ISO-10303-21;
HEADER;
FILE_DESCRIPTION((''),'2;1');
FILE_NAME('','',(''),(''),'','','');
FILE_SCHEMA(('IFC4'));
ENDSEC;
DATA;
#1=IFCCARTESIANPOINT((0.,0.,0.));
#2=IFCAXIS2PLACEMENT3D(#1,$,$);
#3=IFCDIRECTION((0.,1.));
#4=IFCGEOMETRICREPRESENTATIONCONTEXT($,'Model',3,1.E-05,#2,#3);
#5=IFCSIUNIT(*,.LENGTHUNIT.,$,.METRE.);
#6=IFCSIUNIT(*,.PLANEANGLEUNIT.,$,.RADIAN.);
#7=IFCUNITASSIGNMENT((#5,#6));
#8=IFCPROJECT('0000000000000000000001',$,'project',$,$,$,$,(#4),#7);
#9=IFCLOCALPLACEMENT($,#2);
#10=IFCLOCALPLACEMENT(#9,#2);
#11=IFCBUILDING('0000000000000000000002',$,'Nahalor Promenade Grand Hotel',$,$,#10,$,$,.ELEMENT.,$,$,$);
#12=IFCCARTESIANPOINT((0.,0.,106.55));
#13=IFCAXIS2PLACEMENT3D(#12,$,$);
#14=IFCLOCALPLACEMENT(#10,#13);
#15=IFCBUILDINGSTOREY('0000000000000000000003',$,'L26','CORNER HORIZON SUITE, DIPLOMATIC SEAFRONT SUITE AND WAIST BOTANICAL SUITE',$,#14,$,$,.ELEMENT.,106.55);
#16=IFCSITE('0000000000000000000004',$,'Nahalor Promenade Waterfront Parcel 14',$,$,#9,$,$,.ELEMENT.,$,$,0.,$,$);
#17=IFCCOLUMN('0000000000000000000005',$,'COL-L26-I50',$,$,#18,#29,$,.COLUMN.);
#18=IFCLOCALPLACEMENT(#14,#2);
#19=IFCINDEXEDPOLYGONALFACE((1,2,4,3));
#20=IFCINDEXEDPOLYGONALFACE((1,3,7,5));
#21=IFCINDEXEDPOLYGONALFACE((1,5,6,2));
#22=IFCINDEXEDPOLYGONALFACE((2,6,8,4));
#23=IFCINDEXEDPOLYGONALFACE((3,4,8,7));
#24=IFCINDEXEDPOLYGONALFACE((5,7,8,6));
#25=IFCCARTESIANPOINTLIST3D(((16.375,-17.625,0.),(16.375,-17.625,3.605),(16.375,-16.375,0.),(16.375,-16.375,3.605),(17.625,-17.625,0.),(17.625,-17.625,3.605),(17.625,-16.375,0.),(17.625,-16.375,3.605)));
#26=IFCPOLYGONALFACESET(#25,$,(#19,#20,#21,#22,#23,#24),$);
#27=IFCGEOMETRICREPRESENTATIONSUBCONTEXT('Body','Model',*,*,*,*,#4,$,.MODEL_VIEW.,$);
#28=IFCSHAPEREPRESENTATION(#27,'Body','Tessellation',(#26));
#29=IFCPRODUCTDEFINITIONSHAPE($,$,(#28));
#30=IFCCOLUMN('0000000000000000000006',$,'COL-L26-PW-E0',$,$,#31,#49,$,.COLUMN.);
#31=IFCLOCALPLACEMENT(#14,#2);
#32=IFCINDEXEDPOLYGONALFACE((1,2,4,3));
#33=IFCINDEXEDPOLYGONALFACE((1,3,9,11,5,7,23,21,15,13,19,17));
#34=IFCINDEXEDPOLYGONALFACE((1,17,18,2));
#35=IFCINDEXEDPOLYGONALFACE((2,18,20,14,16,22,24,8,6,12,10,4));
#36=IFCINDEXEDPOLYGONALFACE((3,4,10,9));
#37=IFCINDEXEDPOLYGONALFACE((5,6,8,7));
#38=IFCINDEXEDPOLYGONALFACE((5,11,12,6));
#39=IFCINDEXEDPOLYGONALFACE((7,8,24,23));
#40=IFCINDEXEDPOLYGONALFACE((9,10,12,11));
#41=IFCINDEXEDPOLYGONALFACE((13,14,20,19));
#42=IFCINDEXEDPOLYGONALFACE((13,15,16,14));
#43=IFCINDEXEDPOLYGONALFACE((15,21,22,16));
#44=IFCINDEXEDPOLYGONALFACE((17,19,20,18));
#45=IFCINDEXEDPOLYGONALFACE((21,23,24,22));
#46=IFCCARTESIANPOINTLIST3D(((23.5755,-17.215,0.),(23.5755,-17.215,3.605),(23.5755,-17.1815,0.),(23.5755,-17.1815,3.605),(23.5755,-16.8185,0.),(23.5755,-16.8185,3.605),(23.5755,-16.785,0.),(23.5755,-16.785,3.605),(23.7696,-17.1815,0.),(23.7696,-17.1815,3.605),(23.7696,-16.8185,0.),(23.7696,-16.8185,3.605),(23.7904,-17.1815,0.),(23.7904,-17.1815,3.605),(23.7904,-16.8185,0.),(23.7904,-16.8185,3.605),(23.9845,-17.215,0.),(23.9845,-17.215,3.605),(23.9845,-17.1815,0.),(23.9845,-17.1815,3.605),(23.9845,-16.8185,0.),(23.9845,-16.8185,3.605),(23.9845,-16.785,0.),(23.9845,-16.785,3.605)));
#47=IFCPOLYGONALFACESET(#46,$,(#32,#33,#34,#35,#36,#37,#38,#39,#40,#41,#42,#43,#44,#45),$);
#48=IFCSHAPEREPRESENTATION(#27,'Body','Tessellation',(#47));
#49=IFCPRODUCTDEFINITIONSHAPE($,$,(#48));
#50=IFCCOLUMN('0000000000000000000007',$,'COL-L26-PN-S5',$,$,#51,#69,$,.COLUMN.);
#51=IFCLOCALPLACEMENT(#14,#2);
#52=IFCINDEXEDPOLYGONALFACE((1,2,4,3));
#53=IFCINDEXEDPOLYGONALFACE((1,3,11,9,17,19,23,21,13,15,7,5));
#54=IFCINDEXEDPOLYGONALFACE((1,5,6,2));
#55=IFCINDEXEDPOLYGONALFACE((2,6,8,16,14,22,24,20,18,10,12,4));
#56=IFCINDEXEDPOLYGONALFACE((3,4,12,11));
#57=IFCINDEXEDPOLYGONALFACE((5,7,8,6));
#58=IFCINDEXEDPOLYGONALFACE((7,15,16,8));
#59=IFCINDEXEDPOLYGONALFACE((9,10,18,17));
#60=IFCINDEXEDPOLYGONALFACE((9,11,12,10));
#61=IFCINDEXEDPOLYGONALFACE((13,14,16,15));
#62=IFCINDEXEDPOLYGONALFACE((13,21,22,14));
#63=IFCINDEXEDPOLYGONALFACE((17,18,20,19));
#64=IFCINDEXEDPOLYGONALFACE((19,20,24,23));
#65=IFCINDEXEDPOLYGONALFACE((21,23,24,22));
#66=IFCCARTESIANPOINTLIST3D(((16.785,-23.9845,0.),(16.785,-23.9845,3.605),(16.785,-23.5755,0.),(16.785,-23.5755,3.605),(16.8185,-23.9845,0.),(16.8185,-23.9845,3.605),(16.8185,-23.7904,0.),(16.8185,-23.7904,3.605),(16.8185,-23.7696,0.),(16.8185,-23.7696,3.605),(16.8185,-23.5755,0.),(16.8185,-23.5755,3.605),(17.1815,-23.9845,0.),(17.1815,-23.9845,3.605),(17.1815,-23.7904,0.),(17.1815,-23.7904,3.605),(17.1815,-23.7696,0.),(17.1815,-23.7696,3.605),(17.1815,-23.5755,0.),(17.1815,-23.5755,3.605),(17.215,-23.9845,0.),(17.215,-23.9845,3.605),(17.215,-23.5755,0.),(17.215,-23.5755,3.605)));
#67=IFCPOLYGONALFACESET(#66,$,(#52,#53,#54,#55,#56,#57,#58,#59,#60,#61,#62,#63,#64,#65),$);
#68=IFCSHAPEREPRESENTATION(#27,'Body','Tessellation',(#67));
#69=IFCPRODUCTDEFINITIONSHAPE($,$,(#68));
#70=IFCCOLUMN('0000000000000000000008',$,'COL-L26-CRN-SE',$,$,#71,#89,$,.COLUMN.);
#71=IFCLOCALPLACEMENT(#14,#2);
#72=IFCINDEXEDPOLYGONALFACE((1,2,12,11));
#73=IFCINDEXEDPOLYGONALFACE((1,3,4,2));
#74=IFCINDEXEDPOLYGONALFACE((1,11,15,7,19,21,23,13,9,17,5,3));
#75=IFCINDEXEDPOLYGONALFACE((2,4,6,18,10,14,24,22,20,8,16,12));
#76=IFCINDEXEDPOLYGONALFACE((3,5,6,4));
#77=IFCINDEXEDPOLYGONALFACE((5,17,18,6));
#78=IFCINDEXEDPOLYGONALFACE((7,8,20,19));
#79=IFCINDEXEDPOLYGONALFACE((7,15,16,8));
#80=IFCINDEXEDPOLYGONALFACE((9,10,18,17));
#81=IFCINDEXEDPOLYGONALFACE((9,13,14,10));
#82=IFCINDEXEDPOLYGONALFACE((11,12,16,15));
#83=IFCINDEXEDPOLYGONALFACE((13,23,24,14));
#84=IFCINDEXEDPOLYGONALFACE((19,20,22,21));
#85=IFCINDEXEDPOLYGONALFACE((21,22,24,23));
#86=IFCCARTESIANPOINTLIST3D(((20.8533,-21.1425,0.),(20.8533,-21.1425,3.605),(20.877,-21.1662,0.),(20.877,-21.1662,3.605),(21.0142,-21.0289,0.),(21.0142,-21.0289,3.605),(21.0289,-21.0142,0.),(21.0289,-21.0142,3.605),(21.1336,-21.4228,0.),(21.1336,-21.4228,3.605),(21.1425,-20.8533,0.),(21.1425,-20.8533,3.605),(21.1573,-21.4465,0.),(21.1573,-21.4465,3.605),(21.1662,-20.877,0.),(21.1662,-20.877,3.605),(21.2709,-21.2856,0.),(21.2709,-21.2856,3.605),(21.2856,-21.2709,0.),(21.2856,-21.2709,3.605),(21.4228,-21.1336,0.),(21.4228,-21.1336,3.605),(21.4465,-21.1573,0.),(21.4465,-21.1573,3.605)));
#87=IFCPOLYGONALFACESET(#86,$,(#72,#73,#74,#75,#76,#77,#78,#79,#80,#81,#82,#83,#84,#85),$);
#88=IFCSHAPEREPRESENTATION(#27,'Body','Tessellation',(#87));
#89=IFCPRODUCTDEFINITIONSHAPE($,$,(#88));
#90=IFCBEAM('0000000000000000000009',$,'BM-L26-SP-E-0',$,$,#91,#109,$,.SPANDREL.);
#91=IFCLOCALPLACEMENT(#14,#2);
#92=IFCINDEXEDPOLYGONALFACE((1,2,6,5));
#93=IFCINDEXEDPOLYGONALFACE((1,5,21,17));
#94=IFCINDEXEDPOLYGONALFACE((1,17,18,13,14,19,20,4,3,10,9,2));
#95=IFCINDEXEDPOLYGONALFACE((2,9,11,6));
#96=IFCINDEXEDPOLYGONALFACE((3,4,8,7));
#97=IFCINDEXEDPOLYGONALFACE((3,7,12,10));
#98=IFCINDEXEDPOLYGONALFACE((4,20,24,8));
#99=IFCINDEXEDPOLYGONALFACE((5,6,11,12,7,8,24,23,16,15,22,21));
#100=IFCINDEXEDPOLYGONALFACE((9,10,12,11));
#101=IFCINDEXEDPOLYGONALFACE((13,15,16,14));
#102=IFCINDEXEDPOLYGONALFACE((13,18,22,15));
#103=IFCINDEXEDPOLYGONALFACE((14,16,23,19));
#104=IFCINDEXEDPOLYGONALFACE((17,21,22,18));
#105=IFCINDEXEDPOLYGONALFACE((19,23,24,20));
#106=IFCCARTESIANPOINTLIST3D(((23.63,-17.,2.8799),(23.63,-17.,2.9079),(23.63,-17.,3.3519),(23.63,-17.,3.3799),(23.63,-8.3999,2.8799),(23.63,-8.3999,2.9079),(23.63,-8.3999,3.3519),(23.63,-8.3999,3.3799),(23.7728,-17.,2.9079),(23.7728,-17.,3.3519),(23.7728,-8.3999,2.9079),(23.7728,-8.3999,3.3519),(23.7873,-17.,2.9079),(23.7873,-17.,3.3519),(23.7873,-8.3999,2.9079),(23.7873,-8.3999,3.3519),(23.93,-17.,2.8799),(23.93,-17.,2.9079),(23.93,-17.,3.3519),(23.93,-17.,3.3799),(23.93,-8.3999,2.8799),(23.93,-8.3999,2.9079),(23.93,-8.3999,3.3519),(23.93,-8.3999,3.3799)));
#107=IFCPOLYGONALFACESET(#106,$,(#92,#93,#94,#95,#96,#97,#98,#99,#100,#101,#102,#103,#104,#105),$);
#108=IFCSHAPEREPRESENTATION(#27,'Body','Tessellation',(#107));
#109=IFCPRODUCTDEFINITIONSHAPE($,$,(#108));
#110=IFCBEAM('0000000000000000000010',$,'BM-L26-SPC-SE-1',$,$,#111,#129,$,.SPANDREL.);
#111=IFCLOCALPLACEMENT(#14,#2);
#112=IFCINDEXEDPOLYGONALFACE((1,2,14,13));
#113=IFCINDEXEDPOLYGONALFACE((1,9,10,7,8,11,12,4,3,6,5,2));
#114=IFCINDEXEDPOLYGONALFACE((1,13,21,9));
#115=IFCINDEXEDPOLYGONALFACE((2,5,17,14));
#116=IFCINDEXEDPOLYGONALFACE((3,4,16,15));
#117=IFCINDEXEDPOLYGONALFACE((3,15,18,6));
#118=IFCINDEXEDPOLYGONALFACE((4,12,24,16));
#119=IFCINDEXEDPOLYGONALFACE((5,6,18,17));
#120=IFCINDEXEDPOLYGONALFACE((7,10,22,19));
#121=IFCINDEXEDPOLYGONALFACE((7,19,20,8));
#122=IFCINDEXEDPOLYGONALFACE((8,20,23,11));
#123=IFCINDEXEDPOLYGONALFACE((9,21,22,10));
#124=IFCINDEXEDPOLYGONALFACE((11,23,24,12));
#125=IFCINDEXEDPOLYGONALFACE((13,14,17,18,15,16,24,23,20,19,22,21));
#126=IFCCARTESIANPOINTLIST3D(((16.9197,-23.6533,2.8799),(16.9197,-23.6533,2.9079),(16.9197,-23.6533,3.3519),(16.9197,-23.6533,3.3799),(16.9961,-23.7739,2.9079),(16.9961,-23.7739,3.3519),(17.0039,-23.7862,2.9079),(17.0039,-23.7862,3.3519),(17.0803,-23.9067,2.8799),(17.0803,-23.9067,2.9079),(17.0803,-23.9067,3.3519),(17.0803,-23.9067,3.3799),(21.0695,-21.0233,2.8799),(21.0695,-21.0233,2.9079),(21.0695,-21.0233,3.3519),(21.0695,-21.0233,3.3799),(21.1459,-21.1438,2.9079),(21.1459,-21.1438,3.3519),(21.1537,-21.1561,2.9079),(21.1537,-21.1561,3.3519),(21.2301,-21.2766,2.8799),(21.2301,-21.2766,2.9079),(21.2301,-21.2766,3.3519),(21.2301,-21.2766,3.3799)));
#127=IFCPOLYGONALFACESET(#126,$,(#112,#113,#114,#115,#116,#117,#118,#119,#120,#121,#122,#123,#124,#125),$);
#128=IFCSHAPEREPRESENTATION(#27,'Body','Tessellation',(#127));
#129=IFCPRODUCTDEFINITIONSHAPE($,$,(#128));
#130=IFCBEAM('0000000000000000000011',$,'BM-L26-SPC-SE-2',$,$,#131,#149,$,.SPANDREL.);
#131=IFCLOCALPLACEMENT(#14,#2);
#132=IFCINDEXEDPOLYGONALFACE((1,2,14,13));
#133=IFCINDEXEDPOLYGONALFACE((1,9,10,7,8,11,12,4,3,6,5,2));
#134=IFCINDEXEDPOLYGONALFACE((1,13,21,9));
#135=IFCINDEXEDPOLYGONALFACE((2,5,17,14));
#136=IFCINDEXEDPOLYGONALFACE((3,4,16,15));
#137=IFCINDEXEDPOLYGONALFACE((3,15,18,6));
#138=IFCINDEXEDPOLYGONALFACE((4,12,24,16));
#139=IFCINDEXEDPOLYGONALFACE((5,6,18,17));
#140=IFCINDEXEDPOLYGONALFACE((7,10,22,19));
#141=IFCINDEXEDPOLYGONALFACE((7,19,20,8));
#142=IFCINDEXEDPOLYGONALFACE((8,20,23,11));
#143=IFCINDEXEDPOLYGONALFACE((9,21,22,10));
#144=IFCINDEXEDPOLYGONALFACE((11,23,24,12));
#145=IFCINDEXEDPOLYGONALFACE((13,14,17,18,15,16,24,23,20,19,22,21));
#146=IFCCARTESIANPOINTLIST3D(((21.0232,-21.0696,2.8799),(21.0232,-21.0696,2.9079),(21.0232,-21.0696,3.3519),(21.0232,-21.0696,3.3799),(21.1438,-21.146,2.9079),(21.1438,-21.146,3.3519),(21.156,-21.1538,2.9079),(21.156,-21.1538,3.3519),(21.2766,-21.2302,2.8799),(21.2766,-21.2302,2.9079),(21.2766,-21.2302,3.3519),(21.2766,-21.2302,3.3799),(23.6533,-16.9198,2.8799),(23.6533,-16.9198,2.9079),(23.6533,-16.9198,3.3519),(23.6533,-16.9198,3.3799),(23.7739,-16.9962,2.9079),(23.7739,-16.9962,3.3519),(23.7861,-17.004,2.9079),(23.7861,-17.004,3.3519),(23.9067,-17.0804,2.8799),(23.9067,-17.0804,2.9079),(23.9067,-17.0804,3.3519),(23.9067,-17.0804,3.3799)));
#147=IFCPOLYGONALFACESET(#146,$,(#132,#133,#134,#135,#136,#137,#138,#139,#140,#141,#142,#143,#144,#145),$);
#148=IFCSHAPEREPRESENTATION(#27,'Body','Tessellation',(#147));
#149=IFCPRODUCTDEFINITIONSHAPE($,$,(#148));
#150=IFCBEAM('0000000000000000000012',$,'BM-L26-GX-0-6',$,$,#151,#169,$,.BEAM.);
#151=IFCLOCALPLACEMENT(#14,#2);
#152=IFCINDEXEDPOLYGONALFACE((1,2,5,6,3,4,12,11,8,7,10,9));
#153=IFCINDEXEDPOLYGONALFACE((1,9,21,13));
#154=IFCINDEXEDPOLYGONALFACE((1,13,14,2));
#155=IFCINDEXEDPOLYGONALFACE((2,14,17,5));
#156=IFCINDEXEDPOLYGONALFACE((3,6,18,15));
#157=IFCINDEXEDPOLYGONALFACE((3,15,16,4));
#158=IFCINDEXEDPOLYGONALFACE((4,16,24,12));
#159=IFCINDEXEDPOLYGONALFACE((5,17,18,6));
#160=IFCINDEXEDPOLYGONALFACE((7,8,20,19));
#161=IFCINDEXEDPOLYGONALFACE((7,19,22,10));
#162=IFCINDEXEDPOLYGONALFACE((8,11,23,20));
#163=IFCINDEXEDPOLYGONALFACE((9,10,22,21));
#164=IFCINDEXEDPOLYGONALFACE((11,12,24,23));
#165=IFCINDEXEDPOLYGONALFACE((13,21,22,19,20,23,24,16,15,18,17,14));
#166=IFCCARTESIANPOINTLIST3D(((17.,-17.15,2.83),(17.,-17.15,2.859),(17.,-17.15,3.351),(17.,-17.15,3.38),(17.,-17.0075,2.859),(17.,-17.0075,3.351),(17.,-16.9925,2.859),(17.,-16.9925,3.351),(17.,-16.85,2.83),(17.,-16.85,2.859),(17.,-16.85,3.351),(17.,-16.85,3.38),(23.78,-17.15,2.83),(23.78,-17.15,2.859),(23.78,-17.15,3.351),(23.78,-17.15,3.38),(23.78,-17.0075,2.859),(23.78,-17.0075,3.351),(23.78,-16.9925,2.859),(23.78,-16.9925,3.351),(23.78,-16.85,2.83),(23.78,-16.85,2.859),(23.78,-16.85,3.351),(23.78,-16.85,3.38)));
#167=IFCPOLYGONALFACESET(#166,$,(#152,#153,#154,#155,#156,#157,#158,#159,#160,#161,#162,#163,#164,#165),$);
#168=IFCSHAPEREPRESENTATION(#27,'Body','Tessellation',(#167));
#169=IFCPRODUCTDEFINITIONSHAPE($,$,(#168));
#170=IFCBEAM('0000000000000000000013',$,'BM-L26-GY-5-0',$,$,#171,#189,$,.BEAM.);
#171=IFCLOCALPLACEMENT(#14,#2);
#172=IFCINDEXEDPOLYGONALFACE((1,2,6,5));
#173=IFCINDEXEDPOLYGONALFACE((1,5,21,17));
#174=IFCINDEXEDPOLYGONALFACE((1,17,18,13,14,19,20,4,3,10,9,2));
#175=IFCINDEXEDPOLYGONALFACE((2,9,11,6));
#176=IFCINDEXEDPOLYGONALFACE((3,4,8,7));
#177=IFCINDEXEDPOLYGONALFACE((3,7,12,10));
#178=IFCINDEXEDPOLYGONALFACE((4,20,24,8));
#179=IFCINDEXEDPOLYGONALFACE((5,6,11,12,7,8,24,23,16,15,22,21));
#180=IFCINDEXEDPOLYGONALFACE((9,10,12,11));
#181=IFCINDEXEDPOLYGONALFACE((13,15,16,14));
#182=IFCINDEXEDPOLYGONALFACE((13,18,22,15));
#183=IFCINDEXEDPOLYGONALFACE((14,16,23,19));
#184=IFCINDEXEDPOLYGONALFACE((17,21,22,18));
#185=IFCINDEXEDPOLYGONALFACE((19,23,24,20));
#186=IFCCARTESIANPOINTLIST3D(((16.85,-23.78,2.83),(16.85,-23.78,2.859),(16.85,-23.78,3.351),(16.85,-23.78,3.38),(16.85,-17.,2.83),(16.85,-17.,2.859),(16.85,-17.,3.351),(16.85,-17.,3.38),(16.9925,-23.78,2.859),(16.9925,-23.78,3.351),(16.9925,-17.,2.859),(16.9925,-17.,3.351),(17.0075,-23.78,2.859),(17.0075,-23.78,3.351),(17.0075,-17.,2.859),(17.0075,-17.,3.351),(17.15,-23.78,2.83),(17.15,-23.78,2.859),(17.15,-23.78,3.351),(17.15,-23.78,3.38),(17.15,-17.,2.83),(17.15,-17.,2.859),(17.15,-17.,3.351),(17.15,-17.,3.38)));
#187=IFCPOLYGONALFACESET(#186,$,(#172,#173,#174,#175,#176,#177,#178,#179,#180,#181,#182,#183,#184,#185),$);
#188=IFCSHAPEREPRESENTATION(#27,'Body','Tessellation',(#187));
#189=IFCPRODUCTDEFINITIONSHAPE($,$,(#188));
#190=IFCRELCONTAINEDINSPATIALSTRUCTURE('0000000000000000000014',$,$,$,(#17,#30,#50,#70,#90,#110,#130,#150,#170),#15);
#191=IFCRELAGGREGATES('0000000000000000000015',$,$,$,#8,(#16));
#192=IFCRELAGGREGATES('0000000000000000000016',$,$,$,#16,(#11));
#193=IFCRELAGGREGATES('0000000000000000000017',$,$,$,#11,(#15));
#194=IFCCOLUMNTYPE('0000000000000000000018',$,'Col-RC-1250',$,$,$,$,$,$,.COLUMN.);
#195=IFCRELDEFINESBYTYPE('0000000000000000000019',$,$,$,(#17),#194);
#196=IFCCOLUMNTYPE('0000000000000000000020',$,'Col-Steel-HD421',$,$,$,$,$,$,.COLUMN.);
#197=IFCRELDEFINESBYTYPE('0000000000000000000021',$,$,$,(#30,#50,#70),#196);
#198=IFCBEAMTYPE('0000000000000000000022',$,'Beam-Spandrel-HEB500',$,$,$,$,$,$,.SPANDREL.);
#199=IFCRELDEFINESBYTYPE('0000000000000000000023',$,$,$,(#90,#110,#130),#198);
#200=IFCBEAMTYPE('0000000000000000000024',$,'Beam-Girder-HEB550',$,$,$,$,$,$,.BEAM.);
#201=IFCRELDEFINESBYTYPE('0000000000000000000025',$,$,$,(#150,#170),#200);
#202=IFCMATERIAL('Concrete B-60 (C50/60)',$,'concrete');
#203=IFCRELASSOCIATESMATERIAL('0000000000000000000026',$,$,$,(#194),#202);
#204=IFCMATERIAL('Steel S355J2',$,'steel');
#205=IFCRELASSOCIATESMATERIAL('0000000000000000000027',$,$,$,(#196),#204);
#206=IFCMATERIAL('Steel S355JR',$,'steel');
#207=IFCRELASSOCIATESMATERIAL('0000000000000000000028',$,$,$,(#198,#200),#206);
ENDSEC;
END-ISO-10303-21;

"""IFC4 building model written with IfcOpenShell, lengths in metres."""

from ifc_helpers import new_model, si_unit, direction, frame, origin, origin_2d, place, context, subcontext, project, spatial, rectangle, i_section, extrude, source, transform, mapped, material, material_profile, profile_set, type_object, element, save


model = new_model("IFC4")

# Units and contexts
model_context = context("Model", 3, precision=1e-05, world=origin(), true_north=direction((0.0, 1.0)))
body_context = subcontext(model_context, "Body", "Model", "MODEL_VIEW")
ifc_project = project(units=[si_unit("LENGTHUNIT", "METRE"), si_unit("PLANEANGLEUNIT", "RADIAN")], contexts=[model_context])

# Site, building, storey
site_placement = place(None, origin())
site = spatial("IfcSite", under=ifc_project, at=site_placement, Name="Nahalor Promenade Waterfront Parcel 14", CompositionType="ELEMENT", RefElevation=0.0)
building_placement = place(site_placement, origin())
building = spatial("IfcBuilding", under=site, at=building_placement, Name="Nahalor Promenade Grand Hotel", CompositionType="ELEMENT")
storey_placement = place(building_placement, frame((0.0, 0.0, 106.55)))
storey = spatial("IfcBuildingStorey", under=building, at=storey_placement, Name="L26", Description="CORNER HORIZON SUITE, DIPLOMATIC SEAFRONT SUITE AND WAIST BOTANICAL SUITE", CompositionType="ELEMENT", Elevation=106.55)

# Columns
ifc_material_1 = material(Name="Concrete B-60 (C50/60)", Category="concrete")
ifc_material_profile_1 = material_profile(ifc_material_1, rectangle(XDim=1.25, YDim=1.25, at=origin_2d()), Name="RC 1250x1250")
ifc_profile_set_1 = profile_set([ifc_material_profile_1], Name="Concrete B-60 (C50/60)")
column_type_1 = type_object("IfcColumnType", Name="Col-RC-1250", PredefinedType="COLUMN", material=ifc_profile_set_1)
shared_shape_1 = source(origin(), body_context, "Body", "SweptSolid", [
    extrude(rectangle(XDim=1.25, YDim=1.25, at=origin_2d()), origin(), (0.0, 0.0, 1.0), 3.605),
])
column_placement = place(storey_placement, frame((17.0, -17.0, 0.0), z_axis=(0.0, 0.0, 1.0), x_axis=(1.0, 0.0, 0.0)))
element("IfcColumn", 1, at=column_placement, inside=storey, type_object=column_type_1, Name="COL-L26-I50", PredefinedType="COLUMN", context=body_context, shape_type="MappedRepresentation", body=[
    mapped(shared_shape_1, transform((0.0, 0.0, 0.0), scale=1.0)),
])
ifc_material_2 = material(Name="Steel S355J2", Category="steel")
ifc_material_profile_2 = material_profile(ifc_material_2, i_section(OverallWidth=0.409, OverallDepth=0.43, WebThickness=0.0208, FlangeThickness=0.0335, at=origin_2d()), Name="HD 400x421")
ifc_profile_set_2 = profile_set([ifc_material_profile_2], Name="Steel S355J2")
column_type_2 = type_object("IfcColumnType", Name="Col-Steel-HD421", PredefinedType="COLUMN", material=ifc_profile_set_2)
shared_shape_2 = source(origin(), body_context, "Body", "SweptSolid", [
    extrude(i_section(OverallWidth=0.409, OverallDepth=0.43, WebThickness=0.0208, FlangeThickness=0.0335, at=origin_2d()), origin(), (0.0, 0.0, 1.0), 3.605),
])
for number, where, z_axis, x_axis, name in (
    (2, (23.78, -17.0, 0.0), (0.0, 0.0, 1.0), (1.0, 0.0, 0.0), "COL-L26-PW-E0"),
    (3, (17.0, -23.78, 0.0), (0.0, 0.0, 1.0), (0.0, 1.0, 0.0), "COL-L26-PN-S5"),
    (4, (21.1499, -21.1499, 0.0), (0.0, 0.0, 1.0), (0.707107, 0.707107, 0.0), "COL-L26-CRN-SE"),
):
    element("IfcColumn", number, at=place(storey_placement, frame(where, z_axis=z_axis, x_axis=x_axis)), inside=storey, type_object=column_type_2, Name=name, PredefinedType="COLUMN", context=body_context, shape_type="MappedRepresentation", body=[
        mapped(shared_shape_2, transform((0.0, 0.0, 0.0), scale=1.0)),
    ])

# Beams
ifc_material_3 = material(Name="Steel S355JR", Category="steel")
ifc_material_profile_3 = material_profile(ifc_material_3, i_section(OverallWidth=0.3, OverallDepth=0.5, WebThickness=0.0145, FlangeThickness=0.028, at=origin_2d()), Name="HEB 500")
ifc_profile_set_3 = profile_set([ifc_material_profile_3], Name="Steel S355JR")
beam_type_1 = type_object("IfcBeamType", Name="Beam-Spandrel-HEB500", PredefinedType="SPANDREL", material=ifc_profile_set_3)
shared_shape_3 = source(origin(), body_context, "Body", "SweptSolid", [
    extrude(i_section(OverallWidth=0.3, OverallDepth=0.5, WebThickness=0.0145, FlangeThickness=0.028, at=origin_2d()), origin(), (0.0, 0.0, 1.0), 8.6001),
])
beam_1_placement = place(storey_placement, frame((23.78, -17.0, 3.1299), z_axis=(0.0, 1.0, 0.0), x_axis=(-1.0, 0.0, 0.0)))
element("IfcBeam", 5, at=beam_1_placement, inside=storey, type_object=beam_type_1, Name="BM-L26-SP-E-0", PredefinedType="SPANDREL", context=body_context, shape_type="MappedRepresentation", body=[
    mapped(shared_shape_3, transform((0.0, 0.0, 0.0), scale=1.0)),
])
shared_shape_4 = source(origin(), body_context, "Body", "SweptSolid", [
    extrude(i_section(OverallWidth=0.3, OverallDepth=0.5, WebThickness=0.0145, FlangeThickness=0.028, at=origin_2d()), origin(), (0.0, 0.0, 1.0), 4.9131),
])
for number, where, z_axis, x_axis, name in (
    (6, (17.0, -23.78, 3.1299), (0.844648, 0.535322, 0.0), (-0.535322, 0.844648, 0.0), "BM-L26-SPC-SE-1"),
    (7, (21.1499, -21.1499, 3.1299), (0.535322, 0.844648, 0.0), (-0.844648, 0.535322, 0.0), "BM-L26-SPC-SE-2"),
):
    element("IfcBeam", number, at=place(storey_placement, frame(where, z_axis=z_axis, x_axis=x_axis)), inside=storey, type_object=beam_type_1, Name=name, PredefinedType="SPANDREL", context=body_context, shape_type="MappedRepresentation", body=[
        mapped(shared_shape_4, transform((0.0, 0.0, 0.0), scale=1.0)),
    ])
ifc_material_profile_4 = material_profile(ifc_material_3, i_section(OverallWidth=0.3, OverallDepth=0.55, WebThickness=0.015, FlangeThickness=0.029, at=origin_2d()), Name="HEB 550")
ifc_profile_set_4 = profile_set([ifc_material_profile_4], Name="Steel S355JR")
beam_type_2 = type_object("IfcBeamType", Name="Beam-Girder-HEB550", PredefinedType="BEAM", material=ifc_profile_set_4)
shared_shape_5 = source(origin(), body_context, "Body", "SweptSolid", [
    extrude(i_section(OverallWidth=0.3, OverallDepth=0.55, WebThickness=0.015, FlangeThickness=0.029, at=origin_2d()), origin(), (0.0, 0.0, 1.0), 6.78),
])
for number, where, z_axis, x_axis, name in (
    (8, (17.0, -17.0, 3.105), (1.0, 0.0, 0.0), (0.0, 1.0, 0.0), "BM-L26-GX-0-6"),
    (9, (17.0, -23.78, 3.105), (0.0, 1.0, 0.0), (-1.0, 0.0, 0.0), "BM-L26-GY-5-0"),
):
    element("IfcBeam", number, at=place(storey_placement, frame(where, z_axis=z_axis, x_axis=x_axis)), inside=storey, type_object=beam_type_2, Name=name, PredefinedType="BEAM", context=body_context, shape_type="MappedRepresentation", body=[
        mapped(shared_shape_5, transform((0.0, 0.0, 0.0), scale=1.0)),
    ])

save(model, "model.ifc")
